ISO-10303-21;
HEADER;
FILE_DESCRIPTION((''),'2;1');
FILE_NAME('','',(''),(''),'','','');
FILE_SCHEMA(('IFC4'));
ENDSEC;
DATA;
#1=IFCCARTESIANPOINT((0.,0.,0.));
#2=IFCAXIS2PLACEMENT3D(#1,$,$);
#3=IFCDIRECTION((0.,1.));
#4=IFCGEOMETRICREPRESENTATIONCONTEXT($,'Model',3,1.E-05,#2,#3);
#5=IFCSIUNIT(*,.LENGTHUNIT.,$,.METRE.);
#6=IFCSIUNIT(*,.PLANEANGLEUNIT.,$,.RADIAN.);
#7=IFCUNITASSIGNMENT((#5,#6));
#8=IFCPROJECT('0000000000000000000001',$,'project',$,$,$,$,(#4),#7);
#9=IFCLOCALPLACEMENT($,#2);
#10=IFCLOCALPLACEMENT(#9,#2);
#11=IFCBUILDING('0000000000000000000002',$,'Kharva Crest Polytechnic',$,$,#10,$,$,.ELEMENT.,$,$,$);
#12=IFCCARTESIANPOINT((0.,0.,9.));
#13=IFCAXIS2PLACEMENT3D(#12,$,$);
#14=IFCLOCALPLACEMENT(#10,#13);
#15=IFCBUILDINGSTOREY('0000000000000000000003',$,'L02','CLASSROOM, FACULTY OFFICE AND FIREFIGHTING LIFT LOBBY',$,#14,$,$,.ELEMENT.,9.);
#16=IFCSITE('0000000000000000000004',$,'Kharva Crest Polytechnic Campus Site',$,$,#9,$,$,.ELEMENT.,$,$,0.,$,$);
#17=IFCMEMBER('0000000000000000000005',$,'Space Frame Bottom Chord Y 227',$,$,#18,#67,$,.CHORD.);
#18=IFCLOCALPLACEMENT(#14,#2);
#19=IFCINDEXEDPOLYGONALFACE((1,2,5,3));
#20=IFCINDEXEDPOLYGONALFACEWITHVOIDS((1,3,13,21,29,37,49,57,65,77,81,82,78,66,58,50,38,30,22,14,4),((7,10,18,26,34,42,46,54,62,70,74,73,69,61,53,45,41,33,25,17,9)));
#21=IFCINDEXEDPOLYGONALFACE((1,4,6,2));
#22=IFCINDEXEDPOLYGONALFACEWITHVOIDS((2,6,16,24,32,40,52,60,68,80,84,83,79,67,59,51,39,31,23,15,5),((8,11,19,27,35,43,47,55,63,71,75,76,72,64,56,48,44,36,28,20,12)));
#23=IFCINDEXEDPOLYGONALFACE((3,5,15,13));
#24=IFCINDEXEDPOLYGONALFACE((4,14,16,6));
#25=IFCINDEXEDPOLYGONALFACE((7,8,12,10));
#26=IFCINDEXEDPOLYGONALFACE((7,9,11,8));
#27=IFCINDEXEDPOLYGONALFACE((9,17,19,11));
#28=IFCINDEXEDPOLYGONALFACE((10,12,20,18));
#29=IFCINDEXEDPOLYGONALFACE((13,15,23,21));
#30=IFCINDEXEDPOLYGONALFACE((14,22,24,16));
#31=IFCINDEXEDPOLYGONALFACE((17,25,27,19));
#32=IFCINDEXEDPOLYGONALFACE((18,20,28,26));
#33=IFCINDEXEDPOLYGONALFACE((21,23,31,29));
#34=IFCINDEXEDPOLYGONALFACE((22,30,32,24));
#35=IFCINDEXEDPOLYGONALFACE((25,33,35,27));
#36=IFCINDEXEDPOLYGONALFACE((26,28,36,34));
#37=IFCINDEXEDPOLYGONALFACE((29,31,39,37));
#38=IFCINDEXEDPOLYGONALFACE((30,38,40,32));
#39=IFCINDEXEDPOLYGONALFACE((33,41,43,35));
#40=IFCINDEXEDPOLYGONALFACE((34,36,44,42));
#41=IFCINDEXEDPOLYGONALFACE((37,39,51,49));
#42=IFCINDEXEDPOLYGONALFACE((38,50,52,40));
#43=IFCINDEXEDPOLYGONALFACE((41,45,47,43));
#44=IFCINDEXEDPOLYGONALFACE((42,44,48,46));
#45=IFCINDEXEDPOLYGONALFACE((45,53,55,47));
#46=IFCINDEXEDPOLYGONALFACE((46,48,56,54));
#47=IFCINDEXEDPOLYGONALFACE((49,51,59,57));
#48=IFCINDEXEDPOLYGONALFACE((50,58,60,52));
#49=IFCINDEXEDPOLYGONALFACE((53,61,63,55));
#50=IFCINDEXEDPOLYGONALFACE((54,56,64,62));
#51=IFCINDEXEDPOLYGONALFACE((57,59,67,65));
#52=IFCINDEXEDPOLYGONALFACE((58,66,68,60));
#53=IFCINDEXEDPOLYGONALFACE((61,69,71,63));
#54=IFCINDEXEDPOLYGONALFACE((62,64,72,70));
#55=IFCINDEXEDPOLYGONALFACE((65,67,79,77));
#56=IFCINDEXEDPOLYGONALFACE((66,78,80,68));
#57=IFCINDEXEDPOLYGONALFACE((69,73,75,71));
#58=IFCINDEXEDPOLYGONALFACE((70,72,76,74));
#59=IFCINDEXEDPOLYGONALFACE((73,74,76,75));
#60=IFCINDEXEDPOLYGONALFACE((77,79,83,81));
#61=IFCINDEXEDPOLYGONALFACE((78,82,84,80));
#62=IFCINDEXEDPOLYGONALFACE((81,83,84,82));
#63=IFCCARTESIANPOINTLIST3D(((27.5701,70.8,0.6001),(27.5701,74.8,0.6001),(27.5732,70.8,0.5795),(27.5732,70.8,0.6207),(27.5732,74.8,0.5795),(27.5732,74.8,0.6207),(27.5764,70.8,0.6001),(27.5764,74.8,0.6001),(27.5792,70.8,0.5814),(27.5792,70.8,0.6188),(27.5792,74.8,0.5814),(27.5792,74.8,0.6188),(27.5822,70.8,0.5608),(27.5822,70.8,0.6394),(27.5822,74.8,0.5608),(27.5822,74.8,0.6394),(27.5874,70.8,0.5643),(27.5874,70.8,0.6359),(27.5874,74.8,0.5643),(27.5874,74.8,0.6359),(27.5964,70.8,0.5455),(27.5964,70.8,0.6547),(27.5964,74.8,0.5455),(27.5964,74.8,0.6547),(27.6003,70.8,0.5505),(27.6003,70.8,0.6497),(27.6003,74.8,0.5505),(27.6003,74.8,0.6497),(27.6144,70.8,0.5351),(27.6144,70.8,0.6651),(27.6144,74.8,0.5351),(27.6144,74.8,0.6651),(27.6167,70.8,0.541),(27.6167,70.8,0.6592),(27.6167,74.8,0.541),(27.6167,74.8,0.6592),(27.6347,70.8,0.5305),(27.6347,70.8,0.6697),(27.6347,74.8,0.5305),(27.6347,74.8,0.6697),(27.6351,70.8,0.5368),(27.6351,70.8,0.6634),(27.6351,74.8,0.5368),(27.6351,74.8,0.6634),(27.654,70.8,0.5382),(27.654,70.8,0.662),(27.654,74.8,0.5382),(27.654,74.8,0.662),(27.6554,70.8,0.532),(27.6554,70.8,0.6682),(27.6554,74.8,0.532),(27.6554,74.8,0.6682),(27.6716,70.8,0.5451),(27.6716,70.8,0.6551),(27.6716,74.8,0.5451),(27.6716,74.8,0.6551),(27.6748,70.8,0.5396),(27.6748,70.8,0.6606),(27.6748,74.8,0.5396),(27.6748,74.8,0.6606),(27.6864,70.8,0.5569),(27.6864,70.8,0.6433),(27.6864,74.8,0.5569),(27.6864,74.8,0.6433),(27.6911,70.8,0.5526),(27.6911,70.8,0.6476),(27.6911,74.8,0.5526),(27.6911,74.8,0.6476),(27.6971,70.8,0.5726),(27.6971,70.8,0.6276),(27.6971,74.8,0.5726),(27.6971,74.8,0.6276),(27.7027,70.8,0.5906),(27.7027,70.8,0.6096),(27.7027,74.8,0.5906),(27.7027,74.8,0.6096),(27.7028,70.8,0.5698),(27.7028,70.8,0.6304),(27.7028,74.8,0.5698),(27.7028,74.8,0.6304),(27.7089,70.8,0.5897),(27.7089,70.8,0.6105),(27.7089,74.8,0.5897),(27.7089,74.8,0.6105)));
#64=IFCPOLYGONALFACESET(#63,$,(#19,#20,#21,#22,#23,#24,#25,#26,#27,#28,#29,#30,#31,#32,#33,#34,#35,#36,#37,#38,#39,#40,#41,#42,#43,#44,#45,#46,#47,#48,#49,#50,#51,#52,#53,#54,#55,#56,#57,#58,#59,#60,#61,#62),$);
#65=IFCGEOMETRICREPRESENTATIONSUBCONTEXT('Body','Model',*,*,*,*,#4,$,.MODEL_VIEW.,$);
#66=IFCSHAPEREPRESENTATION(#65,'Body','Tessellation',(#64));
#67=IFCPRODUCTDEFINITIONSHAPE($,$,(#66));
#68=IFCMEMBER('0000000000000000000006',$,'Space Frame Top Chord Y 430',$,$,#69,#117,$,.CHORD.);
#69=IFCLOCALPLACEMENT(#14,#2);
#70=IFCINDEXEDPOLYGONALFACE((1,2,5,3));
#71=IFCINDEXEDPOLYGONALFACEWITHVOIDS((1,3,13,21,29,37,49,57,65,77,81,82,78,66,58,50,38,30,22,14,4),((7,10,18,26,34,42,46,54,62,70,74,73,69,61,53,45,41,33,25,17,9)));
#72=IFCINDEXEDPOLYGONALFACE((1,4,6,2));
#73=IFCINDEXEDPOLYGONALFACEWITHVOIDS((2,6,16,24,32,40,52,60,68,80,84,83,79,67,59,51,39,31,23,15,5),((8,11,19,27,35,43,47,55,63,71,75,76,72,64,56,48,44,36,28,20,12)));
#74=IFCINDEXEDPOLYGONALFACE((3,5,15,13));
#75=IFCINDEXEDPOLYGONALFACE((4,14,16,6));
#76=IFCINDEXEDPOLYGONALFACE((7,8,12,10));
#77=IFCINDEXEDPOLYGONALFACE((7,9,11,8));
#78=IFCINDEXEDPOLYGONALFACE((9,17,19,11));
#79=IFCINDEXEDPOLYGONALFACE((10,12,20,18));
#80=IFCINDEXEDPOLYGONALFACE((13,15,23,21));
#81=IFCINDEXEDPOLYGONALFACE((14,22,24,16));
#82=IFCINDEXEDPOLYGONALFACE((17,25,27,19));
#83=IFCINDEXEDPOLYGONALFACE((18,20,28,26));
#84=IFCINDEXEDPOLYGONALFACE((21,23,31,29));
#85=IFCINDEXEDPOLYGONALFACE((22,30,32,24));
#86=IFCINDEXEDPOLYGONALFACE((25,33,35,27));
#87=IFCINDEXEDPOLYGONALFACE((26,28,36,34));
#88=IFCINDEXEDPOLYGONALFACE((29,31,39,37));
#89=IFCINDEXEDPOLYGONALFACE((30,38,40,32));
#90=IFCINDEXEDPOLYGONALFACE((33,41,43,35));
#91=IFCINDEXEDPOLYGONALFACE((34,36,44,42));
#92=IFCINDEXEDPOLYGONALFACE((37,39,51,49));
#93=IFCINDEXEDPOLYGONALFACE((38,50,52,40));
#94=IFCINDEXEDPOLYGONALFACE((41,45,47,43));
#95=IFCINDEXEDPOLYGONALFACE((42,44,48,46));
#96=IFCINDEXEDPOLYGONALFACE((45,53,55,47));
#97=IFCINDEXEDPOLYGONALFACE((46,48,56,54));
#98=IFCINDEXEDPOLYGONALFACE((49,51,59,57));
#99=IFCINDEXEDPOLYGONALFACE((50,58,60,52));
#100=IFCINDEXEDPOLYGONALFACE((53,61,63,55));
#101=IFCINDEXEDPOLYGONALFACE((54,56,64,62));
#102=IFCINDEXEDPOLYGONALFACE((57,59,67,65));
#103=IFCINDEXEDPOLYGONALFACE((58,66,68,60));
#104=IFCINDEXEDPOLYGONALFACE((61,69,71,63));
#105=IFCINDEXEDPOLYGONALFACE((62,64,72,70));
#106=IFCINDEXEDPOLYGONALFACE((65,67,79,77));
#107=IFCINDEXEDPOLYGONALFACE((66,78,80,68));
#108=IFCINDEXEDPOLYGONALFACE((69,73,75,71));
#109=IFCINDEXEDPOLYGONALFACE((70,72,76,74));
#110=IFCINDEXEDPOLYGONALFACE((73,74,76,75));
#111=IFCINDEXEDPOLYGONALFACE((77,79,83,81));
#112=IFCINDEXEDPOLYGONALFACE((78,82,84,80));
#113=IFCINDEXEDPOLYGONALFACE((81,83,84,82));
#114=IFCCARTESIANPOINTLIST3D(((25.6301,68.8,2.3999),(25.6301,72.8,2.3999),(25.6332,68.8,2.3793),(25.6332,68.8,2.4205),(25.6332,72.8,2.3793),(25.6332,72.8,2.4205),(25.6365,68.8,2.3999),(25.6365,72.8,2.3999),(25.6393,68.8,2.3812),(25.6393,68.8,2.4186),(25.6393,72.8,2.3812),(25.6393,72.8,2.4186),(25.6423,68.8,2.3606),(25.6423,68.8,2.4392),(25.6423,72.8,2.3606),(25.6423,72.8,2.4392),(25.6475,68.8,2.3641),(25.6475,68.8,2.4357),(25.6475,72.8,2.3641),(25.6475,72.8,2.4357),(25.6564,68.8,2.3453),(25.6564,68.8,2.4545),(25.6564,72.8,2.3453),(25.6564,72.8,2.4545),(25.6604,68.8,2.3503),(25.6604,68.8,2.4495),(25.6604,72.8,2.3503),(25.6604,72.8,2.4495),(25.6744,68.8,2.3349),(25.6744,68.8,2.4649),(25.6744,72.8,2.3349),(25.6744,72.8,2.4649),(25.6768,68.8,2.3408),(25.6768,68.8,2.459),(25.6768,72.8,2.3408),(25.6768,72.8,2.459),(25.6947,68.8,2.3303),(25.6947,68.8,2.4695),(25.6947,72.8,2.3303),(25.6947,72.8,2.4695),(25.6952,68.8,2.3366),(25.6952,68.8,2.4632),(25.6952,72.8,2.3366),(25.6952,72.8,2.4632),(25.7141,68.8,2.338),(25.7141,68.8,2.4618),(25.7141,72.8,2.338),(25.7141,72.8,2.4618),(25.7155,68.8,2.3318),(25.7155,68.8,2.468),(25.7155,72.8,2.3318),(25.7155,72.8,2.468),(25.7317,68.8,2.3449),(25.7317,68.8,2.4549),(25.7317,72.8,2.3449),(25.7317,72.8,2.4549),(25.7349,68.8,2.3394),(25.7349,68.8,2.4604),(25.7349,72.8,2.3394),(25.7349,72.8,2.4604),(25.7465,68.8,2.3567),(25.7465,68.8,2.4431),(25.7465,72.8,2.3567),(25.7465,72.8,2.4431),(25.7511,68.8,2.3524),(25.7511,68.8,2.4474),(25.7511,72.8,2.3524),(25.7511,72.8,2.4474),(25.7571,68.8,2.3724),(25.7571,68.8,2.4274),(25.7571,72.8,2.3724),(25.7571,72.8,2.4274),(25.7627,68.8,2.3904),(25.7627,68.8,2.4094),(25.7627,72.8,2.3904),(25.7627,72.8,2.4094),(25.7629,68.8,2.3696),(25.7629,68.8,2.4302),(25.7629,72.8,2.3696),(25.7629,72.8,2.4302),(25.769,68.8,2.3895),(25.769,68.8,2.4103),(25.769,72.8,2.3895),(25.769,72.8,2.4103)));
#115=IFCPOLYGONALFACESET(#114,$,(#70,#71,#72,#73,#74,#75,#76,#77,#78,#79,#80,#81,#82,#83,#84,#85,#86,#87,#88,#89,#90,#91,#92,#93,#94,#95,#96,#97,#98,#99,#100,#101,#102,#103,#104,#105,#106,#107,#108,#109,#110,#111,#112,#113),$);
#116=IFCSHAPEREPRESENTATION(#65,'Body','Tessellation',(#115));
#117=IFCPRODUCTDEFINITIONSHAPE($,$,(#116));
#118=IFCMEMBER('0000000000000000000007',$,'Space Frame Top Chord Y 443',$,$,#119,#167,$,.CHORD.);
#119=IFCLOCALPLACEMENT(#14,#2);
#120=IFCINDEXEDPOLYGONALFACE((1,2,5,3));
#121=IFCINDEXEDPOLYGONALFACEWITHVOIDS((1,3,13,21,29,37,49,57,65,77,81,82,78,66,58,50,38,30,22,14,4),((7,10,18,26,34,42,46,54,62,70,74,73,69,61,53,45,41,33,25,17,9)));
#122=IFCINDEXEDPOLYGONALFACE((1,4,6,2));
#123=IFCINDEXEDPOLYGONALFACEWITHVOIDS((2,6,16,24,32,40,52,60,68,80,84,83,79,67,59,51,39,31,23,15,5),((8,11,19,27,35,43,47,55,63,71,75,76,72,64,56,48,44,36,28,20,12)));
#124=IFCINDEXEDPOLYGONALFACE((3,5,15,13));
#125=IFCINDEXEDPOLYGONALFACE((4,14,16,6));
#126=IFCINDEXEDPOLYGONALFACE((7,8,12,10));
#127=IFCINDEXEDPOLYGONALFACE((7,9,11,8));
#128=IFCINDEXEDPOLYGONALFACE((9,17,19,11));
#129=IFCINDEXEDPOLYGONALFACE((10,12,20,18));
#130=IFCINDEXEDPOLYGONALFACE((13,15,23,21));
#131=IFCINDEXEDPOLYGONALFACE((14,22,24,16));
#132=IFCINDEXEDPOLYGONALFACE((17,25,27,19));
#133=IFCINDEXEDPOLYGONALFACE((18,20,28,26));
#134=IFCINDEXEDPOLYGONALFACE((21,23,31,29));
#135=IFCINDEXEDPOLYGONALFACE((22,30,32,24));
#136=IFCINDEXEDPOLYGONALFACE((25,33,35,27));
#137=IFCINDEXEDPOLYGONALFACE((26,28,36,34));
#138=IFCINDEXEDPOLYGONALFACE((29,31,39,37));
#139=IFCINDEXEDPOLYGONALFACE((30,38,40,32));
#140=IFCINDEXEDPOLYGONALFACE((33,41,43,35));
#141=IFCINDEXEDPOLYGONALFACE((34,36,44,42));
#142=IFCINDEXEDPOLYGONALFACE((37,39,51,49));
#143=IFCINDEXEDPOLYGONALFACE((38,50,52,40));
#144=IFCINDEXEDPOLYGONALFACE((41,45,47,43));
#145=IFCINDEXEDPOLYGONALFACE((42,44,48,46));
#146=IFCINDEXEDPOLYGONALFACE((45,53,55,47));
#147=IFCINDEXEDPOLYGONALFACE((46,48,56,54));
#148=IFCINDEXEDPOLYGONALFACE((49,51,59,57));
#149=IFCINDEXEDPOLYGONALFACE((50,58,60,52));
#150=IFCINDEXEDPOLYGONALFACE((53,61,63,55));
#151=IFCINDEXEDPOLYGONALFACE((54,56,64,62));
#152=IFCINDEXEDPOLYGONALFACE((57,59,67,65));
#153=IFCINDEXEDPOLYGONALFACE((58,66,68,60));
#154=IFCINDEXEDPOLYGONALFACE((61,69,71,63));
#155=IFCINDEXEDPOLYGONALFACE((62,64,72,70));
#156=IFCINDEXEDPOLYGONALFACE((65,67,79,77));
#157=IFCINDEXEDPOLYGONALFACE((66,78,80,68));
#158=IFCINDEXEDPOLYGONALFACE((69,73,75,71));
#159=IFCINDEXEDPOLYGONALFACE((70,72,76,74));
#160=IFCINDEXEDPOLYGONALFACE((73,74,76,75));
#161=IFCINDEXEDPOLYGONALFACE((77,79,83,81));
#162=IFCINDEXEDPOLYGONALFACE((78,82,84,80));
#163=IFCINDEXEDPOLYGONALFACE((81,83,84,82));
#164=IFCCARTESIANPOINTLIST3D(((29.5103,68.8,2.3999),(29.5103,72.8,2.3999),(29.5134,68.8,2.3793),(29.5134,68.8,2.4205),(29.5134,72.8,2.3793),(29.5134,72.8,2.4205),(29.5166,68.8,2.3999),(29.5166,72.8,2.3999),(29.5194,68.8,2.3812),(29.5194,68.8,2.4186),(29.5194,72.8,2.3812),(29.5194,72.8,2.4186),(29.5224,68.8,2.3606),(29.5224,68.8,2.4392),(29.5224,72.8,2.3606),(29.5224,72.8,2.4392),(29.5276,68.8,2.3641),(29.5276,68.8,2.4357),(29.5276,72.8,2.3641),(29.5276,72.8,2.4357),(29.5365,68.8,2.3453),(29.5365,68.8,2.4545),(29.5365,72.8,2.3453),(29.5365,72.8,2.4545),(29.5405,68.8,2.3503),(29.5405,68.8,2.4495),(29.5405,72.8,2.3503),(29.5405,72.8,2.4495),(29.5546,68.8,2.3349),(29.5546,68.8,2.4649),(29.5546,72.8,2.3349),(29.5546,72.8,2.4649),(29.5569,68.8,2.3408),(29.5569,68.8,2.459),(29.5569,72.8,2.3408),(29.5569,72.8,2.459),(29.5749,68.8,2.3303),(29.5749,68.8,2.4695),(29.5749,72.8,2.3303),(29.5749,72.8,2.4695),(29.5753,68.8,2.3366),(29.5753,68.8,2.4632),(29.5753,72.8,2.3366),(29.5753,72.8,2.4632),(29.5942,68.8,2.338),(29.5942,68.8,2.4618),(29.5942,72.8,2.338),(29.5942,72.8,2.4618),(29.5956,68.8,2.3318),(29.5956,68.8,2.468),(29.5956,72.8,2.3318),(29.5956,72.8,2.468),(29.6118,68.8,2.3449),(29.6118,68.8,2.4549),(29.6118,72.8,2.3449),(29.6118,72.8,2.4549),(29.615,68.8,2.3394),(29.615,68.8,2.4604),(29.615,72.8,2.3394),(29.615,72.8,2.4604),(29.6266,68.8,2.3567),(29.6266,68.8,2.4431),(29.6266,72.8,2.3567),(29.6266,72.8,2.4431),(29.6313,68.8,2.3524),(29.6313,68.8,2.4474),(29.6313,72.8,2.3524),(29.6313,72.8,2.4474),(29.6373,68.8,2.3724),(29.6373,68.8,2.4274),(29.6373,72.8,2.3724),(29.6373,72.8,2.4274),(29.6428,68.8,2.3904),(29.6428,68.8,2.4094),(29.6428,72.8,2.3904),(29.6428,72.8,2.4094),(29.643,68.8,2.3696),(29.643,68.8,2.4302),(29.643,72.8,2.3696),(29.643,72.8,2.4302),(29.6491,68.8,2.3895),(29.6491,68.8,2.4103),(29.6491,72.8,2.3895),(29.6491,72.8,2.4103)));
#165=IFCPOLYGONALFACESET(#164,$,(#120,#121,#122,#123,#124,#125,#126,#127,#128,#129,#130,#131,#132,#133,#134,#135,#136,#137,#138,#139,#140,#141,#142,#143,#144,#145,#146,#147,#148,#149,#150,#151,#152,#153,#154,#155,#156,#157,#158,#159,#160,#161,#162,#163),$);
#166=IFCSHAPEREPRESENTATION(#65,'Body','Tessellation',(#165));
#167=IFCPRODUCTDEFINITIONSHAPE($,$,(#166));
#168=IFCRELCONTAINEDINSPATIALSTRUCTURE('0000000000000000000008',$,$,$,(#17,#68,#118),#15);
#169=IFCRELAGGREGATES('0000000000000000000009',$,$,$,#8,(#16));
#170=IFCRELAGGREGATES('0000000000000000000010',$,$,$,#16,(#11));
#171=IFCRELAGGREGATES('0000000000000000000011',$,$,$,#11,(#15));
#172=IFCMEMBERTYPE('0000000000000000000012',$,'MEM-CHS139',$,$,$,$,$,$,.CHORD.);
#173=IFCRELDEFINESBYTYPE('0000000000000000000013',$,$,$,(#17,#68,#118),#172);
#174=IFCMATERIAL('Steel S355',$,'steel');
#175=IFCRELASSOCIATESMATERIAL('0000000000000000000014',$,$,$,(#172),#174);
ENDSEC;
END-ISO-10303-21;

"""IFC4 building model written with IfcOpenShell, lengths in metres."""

from ifc_helpers import new_model, si_unit, direction, frame, origin, origin_2d, place, context, subcontext, project, spatial, hollow_circle, extrude, material, material_profile, profile_set, type_object, element, save


model = new_model("IFC4")

# Units and contexts
model_context = context("Model", 3, precision=1e-05, world=origin(), true_north=direction((0.0, 1.0)))
body_context = subcontext(model_context, "Body", "Model", "MODEL_VIEW")
ifc_project = project(units=[si_unit("LENGTHUNIT", "METRE"), si_unit("PLANEANGLEUNIT", "RADIAN")], contexts=[model_context])

# Site, building, storey
site_placement = place(None, origin())
site = spatial("IfcSite", under=ifc_project, at=site_placement, Name="Kharva Crest Polytechnic Campus Site", CompositionType="ELEMENT", RefElevation=0.0)
building_placement = place(site_placement, origin())
building = spatial("IfcBuilding", under=site, at=building_placement, Name="Kharva Crest Polytechnic", CompositionType="ELEMENT")
storey_placement = place(building_placement, frame((0.0, 0.0, 9.0)))
storey = spatial("IfcBuildingStorey", under=building, at=storey_placement, Name="L02", Description="CLASSROOM, FACULTY OFFICE AND FIREFIGHTING LIFT LOBBY", CompositionType="ELEMENT", Elevation=9.0)

# Shared definitions
ifc_material_1 = material(Name="Steel S355", Category="steel")

# Members
ifc_material_profile_1 = material_profile(ifc_material_1, hollow_circle(Radius=0.0698, WallThickness=0.0063, at=origin_2d()), Name="CHS 139.7X6.3")
ifc_profile_set_1 = profile_set([ifc_material_profile_1], Name="Steel S355")
member_type_1 = type_object("IfcMemberType", Name="MEM-CHS139", PredefinedType="CHORD", material=ifc_profile_set_1)
for number, where, z_axis, x_axis, name in (
    (1, (27.6399, 70.8, 0.6001), (0.0, 1.0, 0.0), (-1.0, 0.0, 0.0), "Space Frame Bottom Chord Y 227"),
    (2, (25.7, 68.8, 2.3999), (0.0, 1.0, 0.0), (-1.0, 0.0, 0.0), "Space Frame Top Chord Y 430"),
    (3, (29.5801, 68.8, 2.3999), (0.0, 1.0, 0.0), (-1.0, 0.0, 0.0), "Space Frame Top Chord Y 443"),
):
    element("IfcMember", number, at=place(storey_placement, frame(where, z_axis=z_axis, x_axis=x_axis)), inside=storey, type_object=member_type_1, Name=name, PredefinedType="CHORD", context=body_context, shape_type="SweptSolid", body=[
        extrude(hollow_circle(Radius=0.0698, WallThickness=0.0063, at=origin_2d()), origin(), (0.0, 0.0, 1.0), 4.0),
    ])

save(model, "model.ifc")
